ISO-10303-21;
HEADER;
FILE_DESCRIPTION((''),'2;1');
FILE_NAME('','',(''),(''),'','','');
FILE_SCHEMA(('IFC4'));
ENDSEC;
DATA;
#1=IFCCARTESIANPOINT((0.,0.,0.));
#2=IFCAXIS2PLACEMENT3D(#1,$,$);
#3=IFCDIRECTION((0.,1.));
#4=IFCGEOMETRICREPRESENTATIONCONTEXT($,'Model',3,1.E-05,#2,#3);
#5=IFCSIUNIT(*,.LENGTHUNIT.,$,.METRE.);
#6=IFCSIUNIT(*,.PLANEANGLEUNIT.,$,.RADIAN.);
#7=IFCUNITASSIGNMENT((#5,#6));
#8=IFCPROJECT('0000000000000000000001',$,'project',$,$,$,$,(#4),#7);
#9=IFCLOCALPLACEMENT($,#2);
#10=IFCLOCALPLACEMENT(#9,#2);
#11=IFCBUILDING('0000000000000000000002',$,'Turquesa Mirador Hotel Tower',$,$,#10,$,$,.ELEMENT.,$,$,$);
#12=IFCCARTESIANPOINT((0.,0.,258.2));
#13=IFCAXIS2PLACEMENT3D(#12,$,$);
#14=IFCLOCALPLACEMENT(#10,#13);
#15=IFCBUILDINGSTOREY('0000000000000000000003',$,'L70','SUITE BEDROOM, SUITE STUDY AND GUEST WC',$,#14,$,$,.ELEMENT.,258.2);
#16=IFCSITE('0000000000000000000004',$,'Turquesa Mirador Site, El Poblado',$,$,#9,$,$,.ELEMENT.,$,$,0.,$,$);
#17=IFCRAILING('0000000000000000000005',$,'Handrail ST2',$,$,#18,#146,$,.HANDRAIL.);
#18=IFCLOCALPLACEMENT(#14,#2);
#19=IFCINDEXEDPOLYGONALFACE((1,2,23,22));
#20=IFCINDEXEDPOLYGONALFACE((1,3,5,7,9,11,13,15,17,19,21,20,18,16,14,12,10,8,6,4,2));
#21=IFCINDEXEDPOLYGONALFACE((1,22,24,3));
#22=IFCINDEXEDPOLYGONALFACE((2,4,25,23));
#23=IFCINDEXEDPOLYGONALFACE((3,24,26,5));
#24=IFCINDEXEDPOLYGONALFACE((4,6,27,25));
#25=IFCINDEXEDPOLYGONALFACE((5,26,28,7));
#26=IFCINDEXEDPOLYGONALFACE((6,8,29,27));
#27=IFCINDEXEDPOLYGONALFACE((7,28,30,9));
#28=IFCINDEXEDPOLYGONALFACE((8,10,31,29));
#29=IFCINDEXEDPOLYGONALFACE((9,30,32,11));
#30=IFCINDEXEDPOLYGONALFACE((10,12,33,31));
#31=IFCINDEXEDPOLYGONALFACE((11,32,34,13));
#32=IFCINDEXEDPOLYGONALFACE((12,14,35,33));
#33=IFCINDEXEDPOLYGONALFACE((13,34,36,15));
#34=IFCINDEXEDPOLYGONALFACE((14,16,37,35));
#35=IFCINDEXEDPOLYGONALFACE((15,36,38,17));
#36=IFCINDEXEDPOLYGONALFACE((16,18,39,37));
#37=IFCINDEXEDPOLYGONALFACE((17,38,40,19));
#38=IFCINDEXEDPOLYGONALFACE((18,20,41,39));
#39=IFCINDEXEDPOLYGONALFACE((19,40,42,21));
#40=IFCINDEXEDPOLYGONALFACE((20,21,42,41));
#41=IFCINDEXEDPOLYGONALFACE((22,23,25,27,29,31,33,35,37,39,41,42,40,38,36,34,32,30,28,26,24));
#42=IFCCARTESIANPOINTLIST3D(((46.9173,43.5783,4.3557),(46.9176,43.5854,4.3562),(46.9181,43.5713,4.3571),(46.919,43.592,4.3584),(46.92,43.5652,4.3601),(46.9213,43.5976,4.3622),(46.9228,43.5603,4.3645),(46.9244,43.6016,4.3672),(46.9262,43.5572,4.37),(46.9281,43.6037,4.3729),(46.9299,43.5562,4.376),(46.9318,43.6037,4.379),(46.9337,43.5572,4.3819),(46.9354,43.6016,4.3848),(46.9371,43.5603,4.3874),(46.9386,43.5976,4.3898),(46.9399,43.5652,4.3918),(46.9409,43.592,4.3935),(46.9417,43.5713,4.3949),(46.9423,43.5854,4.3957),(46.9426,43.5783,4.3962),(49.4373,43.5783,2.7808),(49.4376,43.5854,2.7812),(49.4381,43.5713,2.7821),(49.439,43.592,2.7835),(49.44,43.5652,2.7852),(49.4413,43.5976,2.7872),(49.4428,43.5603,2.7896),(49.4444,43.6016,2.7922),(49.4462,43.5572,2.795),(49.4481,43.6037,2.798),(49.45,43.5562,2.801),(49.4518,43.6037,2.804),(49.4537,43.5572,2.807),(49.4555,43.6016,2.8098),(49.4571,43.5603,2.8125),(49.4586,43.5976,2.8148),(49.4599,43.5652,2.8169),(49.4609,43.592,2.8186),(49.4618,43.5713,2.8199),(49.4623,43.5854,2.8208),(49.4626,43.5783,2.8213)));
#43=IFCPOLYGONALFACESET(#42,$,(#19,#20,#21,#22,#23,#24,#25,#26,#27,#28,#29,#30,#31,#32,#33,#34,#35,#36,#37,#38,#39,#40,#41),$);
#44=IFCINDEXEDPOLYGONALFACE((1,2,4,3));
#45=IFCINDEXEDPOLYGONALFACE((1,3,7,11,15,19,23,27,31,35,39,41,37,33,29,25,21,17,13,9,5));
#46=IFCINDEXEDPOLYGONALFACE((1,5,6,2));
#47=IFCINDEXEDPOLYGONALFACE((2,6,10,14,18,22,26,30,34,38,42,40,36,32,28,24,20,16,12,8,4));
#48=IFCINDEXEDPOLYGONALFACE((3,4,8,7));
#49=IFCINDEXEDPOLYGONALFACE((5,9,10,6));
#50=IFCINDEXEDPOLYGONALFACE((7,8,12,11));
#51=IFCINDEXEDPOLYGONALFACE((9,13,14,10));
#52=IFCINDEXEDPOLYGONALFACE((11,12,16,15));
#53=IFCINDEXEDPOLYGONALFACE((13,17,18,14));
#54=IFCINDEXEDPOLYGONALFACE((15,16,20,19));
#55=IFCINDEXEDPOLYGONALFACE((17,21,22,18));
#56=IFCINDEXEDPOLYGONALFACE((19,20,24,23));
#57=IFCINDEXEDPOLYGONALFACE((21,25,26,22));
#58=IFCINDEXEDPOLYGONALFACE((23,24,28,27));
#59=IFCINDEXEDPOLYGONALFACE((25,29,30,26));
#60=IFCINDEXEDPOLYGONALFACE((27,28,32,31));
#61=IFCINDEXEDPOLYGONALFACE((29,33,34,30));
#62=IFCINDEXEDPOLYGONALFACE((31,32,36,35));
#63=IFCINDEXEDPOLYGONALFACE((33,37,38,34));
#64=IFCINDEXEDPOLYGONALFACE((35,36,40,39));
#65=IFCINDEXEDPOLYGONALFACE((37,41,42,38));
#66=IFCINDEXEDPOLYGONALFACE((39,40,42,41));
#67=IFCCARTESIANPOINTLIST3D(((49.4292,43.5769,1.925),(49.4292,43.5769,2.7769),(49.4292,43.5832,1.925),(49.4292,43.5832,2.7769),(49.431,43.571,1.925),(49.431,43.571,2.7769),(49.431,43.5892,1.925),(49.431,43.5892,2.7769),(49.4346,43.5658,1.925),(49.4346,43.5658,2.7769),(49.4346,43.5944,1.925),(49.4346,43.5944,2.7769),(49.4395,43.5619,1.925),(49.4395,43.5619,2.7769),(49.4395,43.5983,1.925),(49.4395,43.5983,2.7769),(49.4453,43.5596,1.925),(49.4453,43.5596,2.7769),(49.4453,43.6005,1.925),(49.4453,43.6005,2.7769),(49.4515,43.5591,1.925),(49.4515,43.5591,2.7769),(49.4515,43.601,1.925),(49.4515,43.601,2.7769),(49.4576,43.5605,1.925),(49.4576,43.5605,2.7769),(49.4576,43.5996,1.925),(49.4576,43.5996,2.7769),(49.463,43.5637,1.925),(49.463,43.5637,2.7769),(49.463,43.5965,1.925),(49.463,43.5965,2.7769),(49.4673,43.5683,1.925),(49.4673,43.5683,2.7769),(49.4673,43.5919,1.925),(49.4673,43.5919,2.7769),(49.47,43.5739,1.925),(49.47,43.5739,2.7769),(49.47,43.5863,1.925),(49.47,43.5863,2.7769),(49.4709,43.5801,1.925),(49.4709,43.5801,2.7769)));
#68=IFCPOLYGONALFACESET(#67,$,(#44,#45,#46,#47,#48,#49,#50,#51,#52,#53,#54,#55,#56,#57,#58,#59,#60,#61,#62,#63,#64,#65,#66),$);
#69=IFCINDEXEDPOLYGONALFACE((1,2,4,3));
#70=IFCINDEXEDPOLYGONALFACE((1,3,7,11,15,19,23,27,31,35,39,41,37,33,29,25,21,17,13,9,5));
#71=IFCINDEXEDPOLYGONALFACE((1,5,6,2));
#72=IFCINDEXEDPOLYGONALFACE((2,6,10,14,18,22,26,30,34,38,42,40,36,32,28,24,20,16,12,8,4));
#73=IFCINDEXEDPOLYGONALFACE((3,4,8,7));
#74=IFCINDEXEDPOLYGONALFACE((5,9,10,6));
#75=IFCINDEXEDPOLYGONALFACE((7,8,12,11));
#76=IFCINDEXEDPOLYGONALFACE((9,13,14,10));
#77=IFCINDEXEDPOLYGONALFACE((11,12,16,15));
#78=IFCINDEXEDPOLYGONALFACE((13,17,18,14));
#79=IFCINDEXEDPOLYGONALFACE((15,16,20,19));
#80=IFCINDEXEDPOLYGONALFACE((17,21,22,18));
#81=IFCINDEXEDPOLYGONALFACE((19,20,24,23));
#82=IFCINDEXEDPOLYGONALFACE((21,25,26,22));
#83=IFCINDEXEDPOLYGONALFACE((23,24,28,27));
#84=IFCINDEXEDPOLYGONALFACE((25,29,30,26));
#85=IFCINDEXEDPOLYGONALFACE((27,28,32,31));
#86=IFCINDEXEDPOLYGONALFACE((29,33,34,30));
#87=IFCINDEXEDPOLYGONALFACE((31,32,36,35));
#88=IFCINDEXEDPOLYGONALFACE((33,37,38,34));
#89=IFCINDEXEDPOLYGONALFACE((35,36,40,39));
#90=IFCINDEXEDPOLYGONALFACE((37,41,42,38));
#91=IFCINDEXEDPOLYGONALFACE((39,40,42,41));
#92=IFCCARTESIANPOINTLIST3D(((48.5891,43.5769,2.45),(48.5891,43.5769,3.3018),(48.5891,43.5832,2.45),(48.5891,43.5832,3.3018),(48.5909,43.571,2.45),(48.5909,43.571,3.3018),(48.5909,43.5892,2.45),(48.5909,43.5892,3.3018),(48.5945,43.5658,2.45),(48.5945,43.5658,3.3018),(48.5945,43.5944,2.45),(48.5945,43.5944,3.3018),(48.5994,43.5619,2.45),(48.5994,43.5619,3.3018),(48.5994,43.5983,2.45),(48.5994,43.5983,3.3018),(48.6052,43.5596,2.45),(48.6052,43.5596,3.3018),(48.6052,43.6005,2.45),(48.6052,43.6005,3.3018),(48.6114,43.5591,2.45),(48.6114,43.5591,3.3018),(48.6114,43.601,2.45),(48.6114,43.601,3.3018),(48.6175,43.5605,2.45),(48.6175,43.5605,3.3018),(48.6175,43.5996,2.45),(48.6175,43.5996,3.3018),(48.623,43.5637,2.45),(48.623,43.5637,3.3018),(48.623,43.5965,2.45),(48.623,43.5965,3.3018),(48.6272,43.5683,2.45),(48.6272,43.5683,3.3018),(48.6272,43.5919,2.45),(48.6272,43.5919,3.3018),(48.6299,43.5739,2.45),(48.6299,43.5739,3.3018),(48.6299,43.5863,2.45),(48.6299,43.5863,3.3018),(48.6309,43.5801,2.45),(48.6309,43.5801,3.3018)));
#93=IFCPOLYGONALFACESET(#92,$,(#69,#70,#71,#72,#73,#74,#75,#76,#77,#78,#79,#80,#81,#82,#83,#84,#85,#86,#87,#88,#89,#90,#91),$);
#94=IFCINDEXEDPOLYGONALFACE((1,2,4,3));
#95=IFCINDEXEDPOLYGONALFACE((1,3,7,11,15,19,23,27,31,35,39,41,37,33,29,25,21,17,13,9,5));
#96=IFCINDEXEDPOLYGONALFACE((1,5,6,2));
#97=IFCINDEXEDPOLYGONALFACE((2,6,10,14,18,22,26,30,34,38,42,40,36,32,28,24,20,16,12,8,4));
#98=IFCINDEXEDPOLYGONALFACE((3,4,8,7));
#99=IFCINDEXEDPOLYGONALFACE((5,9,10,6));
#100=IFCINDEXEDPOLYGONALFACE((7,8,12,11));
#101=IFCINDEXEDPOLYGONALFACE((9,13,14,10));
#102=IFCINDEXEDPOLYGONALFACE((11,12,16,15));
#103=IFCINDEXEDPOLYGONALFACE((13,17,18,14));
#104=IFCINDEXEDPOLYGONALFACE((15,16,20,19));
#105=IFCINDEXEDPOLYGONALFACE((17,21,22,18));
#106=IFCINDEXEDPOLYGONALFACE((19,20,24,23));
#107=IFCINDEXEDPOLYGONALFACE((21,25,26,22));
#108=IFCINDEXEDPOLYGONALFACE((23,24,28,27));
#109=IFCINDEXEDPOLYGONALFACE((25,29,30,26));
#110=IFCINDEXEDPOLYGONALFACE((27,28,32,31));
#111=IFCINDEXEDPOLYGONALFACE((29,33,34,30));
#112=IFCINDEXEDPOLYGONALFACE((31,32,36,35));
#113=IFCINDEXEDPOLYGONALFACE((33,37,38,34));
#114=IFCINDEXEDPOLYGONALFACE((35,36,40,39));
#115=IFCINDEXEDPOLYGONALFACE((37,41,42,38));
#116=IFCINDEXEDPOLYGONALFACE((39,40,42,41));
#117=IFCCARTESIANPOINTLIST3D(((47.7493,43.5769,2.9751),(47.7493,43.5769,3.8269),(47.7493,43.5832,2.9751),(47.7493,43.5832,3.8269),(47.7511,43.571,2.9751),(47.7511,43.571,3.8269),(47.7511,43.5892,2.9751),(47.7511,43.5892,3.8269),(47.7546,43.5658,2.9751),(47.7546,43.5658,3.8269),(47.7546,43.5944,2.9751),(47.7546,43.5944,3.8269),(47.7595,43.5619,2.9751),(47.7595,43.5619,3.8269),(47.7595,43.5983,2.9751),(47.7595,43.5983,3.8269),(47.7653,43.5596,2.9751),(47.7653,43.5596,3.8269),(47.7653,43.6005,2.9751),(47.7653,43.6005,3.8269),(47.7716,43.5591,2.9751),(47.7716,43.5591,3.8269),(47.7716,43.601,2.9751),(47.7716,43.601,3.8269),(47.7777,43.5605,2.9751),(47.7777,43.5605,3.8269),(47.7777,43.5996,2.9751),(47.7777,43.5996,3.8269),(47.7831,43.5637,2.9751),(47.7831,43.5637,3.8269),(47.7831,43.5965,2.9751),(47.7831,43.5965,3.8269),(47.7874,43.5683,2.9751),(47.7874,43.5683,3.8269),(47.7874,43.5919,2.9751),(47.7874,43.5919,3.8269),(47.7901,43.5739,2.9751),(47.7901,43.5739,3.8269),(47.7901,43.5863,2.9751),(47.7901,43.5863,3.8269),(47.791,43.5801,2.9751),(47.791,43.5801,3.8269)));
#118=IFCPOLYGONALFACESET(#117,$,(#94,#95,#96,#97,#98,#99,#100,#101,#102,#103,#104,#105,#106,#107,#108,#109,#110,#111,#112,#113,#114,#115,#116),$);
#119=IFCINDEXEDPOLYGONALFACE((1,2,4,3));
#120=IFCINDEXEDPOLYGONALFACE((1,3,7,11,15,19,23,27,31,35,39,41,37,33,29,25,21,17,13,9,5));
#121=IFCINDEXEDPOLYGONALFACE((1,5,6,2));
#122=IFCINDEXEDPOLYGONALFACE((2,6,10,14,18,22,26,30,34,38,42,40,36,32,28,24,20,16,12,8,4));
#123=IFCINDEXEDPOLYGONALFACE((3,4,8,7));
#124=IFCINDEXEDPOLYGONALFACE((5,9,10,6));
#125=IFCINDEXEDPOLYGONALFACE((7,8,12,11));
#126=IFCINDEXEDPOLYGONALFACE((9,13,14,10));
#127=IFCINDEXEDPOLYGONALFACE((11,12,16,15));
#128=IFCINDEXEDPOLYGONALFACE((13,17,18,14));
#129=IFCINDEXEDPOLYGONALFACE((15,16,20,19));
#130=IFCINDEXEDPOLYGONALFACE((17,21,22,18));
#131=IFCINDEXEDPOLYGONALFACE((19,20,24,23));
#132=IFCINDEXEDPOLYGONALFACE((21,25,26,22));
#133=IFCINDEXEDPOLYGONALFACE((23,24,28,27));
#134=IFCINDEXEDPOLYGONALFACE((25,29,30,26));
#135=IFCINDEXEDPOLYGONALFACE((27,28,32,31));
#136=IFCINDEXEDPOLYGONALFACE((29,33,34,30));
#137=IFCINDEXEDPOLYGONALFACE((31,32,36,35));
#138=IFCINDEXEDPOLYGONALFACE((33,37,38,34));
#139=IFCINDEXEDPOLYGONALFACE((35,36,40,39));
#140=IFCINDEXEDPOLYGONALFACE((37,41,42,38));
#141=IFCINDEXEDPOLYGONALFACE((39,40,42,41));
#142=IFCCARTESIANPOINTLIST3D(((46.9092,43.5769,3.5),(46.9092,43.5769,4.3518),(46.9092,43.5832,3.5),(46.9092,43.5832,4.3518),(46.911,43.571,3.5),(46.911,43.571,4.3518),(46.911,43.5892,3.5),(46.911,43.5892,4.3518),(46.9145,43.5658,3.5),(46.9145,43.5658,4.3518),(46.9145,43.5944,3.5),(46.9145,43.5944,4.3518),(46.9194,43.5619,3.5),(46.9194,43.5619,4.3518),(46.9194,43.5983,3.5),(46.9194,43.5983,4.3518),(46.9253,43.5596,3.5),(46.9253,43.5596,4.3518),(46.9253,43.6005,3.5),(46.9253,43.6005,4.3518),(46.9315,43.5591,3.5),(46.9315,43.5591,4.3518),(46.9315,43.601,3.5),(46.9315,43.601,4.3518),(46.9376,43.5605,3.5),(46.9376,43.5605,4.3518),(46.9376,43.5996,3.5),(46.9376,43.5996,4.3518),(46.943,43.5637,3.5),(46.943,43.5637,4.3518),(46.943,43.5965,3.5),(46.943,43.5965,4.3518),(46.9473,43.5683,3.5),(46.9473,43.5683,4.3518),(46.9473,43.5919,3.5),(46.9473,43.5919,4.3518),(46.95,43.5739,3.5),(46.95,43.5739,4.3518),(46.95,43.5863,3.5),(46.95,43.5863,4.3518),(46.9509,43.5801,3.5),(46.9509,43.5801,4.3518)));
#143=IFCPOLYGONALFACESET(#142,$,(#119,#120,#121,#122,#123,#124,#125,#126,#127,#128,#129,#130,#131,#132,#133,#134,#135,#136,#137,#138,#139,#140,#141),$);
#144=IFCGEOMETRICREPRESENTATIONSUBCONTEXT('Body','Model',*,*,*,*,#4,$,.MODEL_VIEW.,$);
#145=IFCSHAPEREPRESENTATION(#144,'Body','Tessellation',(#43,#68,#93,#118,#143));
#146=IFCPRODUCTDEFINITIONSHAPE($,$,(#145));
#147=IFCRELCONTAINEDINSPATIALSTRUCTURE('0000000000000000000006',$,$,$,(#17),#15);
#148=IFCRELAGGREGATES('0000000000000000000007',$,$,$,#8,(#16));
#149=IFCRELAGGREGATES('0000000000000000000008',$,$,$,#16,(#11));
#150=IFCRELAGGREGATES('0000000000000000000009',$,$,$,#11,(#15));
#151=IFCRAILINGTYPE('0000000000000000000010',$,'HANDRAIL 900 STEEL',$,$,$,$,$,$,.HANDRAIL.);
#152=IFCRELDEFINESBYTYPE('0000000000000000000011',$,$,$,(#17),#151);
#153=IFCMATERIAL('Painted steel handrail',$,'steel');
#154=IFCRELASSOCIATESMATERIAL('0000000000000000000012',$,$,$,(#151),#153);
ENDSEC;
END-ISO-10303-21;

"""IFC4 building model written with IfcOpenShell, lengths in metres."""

from ifc_helpers import new_model, si_unit, direction, frame, origin, origin_2d, place, context, subcontext, project, spatial, circle, extrude, material, type_object, element, save


model = new_model("IFC4")

# Units and contexts
model_context = context("Model", 3, precision=1e-05, world=origin(), true_north=direction((0.0, 1.0)))
body_context = subcontext(model_context, "Body", "Model", "MODEL_VIEW")
ifc_project = project(units=[si_unit("LENGTHUNIT", "METRE"), si_unit("PLANEANGLEUNIT", "RADIAN")], contexts=[model_context])

# Site, building, storey
site_placement = place(None, origin())
site = spatial("IfcSite", under=ifc_project, at=site_placement, Name="Turquesa Mirador Site, El Poblado", CompositionType="ELEMENT", RefElevation=0.0)
building_placement = place(site_placement, origin())
building = spatial("IfcBuilding", under=site, at=building_placement, Name="Turquesa Mirador Hotel Tower", CompositionType="ELEMENT")
storey_placement = place(building_placement, frame((0.0, 0.0, 258.2)))
storey = spatial("IfcBuildingStorey", under=building, at=storey_placement, Name="L70", Description="SUITE BEDROOM, SUITE STUDY AND GUEST WC", CompositionType="ELEMENT", Elevation=258.2)

# Railing
ifc_material_1 = material(Name="Painted steel handrail", Category="steel")
railing_type = type_object("IfcRailingType", Name="HANDRAIL 900 STEEL", PredefinedType="HANDRAIL", material=ifc_material_1)
railing_1_placement = place(storey_placement, frame((49.45, 43.5801, 1.925)))
element("IfcRailing", 1, at=railing_1_placement, inside=storey, type_object=railing_type, Name="Handrail ST2", PredefinedType="HANDRAIL", context=body_context, shape_type="SweptSolid", body=[
    extrude(circle(Radius=0.0239, at=origin_2d()), frame((0.0, 0.0, 0.876), z_axis=(-0.848008, 0.0, 0.529984), x_axis=(0.0, -1.0, 0.0)), (0.0, 0.0, 1.0), 2.9717),
    extrude(circle(Radius=0.021, at=origin_2d()), origin(), (0.0, 0.0, 1.0), 0.8518),
    extrude(circle(Radius=0.021, at=origin_2d()), frame((-0.8401, 0.0, 0.5249)), (0.0, 0.0, 1.0), 0.8518),
    extrude(circle(Radius=0.021, at=origin_2d()), frame((-1.6799, 0.0, 1.05)), (0.0, 0.0, 1.0), 0.8518),
    extrude(circle(Radius=0.021, at=origin_2d()), frame((-2.52, 0.0, 1.575)), (0.0, 0.0, 1.0), 0.8518),
])

save(model, "model.ifc")
